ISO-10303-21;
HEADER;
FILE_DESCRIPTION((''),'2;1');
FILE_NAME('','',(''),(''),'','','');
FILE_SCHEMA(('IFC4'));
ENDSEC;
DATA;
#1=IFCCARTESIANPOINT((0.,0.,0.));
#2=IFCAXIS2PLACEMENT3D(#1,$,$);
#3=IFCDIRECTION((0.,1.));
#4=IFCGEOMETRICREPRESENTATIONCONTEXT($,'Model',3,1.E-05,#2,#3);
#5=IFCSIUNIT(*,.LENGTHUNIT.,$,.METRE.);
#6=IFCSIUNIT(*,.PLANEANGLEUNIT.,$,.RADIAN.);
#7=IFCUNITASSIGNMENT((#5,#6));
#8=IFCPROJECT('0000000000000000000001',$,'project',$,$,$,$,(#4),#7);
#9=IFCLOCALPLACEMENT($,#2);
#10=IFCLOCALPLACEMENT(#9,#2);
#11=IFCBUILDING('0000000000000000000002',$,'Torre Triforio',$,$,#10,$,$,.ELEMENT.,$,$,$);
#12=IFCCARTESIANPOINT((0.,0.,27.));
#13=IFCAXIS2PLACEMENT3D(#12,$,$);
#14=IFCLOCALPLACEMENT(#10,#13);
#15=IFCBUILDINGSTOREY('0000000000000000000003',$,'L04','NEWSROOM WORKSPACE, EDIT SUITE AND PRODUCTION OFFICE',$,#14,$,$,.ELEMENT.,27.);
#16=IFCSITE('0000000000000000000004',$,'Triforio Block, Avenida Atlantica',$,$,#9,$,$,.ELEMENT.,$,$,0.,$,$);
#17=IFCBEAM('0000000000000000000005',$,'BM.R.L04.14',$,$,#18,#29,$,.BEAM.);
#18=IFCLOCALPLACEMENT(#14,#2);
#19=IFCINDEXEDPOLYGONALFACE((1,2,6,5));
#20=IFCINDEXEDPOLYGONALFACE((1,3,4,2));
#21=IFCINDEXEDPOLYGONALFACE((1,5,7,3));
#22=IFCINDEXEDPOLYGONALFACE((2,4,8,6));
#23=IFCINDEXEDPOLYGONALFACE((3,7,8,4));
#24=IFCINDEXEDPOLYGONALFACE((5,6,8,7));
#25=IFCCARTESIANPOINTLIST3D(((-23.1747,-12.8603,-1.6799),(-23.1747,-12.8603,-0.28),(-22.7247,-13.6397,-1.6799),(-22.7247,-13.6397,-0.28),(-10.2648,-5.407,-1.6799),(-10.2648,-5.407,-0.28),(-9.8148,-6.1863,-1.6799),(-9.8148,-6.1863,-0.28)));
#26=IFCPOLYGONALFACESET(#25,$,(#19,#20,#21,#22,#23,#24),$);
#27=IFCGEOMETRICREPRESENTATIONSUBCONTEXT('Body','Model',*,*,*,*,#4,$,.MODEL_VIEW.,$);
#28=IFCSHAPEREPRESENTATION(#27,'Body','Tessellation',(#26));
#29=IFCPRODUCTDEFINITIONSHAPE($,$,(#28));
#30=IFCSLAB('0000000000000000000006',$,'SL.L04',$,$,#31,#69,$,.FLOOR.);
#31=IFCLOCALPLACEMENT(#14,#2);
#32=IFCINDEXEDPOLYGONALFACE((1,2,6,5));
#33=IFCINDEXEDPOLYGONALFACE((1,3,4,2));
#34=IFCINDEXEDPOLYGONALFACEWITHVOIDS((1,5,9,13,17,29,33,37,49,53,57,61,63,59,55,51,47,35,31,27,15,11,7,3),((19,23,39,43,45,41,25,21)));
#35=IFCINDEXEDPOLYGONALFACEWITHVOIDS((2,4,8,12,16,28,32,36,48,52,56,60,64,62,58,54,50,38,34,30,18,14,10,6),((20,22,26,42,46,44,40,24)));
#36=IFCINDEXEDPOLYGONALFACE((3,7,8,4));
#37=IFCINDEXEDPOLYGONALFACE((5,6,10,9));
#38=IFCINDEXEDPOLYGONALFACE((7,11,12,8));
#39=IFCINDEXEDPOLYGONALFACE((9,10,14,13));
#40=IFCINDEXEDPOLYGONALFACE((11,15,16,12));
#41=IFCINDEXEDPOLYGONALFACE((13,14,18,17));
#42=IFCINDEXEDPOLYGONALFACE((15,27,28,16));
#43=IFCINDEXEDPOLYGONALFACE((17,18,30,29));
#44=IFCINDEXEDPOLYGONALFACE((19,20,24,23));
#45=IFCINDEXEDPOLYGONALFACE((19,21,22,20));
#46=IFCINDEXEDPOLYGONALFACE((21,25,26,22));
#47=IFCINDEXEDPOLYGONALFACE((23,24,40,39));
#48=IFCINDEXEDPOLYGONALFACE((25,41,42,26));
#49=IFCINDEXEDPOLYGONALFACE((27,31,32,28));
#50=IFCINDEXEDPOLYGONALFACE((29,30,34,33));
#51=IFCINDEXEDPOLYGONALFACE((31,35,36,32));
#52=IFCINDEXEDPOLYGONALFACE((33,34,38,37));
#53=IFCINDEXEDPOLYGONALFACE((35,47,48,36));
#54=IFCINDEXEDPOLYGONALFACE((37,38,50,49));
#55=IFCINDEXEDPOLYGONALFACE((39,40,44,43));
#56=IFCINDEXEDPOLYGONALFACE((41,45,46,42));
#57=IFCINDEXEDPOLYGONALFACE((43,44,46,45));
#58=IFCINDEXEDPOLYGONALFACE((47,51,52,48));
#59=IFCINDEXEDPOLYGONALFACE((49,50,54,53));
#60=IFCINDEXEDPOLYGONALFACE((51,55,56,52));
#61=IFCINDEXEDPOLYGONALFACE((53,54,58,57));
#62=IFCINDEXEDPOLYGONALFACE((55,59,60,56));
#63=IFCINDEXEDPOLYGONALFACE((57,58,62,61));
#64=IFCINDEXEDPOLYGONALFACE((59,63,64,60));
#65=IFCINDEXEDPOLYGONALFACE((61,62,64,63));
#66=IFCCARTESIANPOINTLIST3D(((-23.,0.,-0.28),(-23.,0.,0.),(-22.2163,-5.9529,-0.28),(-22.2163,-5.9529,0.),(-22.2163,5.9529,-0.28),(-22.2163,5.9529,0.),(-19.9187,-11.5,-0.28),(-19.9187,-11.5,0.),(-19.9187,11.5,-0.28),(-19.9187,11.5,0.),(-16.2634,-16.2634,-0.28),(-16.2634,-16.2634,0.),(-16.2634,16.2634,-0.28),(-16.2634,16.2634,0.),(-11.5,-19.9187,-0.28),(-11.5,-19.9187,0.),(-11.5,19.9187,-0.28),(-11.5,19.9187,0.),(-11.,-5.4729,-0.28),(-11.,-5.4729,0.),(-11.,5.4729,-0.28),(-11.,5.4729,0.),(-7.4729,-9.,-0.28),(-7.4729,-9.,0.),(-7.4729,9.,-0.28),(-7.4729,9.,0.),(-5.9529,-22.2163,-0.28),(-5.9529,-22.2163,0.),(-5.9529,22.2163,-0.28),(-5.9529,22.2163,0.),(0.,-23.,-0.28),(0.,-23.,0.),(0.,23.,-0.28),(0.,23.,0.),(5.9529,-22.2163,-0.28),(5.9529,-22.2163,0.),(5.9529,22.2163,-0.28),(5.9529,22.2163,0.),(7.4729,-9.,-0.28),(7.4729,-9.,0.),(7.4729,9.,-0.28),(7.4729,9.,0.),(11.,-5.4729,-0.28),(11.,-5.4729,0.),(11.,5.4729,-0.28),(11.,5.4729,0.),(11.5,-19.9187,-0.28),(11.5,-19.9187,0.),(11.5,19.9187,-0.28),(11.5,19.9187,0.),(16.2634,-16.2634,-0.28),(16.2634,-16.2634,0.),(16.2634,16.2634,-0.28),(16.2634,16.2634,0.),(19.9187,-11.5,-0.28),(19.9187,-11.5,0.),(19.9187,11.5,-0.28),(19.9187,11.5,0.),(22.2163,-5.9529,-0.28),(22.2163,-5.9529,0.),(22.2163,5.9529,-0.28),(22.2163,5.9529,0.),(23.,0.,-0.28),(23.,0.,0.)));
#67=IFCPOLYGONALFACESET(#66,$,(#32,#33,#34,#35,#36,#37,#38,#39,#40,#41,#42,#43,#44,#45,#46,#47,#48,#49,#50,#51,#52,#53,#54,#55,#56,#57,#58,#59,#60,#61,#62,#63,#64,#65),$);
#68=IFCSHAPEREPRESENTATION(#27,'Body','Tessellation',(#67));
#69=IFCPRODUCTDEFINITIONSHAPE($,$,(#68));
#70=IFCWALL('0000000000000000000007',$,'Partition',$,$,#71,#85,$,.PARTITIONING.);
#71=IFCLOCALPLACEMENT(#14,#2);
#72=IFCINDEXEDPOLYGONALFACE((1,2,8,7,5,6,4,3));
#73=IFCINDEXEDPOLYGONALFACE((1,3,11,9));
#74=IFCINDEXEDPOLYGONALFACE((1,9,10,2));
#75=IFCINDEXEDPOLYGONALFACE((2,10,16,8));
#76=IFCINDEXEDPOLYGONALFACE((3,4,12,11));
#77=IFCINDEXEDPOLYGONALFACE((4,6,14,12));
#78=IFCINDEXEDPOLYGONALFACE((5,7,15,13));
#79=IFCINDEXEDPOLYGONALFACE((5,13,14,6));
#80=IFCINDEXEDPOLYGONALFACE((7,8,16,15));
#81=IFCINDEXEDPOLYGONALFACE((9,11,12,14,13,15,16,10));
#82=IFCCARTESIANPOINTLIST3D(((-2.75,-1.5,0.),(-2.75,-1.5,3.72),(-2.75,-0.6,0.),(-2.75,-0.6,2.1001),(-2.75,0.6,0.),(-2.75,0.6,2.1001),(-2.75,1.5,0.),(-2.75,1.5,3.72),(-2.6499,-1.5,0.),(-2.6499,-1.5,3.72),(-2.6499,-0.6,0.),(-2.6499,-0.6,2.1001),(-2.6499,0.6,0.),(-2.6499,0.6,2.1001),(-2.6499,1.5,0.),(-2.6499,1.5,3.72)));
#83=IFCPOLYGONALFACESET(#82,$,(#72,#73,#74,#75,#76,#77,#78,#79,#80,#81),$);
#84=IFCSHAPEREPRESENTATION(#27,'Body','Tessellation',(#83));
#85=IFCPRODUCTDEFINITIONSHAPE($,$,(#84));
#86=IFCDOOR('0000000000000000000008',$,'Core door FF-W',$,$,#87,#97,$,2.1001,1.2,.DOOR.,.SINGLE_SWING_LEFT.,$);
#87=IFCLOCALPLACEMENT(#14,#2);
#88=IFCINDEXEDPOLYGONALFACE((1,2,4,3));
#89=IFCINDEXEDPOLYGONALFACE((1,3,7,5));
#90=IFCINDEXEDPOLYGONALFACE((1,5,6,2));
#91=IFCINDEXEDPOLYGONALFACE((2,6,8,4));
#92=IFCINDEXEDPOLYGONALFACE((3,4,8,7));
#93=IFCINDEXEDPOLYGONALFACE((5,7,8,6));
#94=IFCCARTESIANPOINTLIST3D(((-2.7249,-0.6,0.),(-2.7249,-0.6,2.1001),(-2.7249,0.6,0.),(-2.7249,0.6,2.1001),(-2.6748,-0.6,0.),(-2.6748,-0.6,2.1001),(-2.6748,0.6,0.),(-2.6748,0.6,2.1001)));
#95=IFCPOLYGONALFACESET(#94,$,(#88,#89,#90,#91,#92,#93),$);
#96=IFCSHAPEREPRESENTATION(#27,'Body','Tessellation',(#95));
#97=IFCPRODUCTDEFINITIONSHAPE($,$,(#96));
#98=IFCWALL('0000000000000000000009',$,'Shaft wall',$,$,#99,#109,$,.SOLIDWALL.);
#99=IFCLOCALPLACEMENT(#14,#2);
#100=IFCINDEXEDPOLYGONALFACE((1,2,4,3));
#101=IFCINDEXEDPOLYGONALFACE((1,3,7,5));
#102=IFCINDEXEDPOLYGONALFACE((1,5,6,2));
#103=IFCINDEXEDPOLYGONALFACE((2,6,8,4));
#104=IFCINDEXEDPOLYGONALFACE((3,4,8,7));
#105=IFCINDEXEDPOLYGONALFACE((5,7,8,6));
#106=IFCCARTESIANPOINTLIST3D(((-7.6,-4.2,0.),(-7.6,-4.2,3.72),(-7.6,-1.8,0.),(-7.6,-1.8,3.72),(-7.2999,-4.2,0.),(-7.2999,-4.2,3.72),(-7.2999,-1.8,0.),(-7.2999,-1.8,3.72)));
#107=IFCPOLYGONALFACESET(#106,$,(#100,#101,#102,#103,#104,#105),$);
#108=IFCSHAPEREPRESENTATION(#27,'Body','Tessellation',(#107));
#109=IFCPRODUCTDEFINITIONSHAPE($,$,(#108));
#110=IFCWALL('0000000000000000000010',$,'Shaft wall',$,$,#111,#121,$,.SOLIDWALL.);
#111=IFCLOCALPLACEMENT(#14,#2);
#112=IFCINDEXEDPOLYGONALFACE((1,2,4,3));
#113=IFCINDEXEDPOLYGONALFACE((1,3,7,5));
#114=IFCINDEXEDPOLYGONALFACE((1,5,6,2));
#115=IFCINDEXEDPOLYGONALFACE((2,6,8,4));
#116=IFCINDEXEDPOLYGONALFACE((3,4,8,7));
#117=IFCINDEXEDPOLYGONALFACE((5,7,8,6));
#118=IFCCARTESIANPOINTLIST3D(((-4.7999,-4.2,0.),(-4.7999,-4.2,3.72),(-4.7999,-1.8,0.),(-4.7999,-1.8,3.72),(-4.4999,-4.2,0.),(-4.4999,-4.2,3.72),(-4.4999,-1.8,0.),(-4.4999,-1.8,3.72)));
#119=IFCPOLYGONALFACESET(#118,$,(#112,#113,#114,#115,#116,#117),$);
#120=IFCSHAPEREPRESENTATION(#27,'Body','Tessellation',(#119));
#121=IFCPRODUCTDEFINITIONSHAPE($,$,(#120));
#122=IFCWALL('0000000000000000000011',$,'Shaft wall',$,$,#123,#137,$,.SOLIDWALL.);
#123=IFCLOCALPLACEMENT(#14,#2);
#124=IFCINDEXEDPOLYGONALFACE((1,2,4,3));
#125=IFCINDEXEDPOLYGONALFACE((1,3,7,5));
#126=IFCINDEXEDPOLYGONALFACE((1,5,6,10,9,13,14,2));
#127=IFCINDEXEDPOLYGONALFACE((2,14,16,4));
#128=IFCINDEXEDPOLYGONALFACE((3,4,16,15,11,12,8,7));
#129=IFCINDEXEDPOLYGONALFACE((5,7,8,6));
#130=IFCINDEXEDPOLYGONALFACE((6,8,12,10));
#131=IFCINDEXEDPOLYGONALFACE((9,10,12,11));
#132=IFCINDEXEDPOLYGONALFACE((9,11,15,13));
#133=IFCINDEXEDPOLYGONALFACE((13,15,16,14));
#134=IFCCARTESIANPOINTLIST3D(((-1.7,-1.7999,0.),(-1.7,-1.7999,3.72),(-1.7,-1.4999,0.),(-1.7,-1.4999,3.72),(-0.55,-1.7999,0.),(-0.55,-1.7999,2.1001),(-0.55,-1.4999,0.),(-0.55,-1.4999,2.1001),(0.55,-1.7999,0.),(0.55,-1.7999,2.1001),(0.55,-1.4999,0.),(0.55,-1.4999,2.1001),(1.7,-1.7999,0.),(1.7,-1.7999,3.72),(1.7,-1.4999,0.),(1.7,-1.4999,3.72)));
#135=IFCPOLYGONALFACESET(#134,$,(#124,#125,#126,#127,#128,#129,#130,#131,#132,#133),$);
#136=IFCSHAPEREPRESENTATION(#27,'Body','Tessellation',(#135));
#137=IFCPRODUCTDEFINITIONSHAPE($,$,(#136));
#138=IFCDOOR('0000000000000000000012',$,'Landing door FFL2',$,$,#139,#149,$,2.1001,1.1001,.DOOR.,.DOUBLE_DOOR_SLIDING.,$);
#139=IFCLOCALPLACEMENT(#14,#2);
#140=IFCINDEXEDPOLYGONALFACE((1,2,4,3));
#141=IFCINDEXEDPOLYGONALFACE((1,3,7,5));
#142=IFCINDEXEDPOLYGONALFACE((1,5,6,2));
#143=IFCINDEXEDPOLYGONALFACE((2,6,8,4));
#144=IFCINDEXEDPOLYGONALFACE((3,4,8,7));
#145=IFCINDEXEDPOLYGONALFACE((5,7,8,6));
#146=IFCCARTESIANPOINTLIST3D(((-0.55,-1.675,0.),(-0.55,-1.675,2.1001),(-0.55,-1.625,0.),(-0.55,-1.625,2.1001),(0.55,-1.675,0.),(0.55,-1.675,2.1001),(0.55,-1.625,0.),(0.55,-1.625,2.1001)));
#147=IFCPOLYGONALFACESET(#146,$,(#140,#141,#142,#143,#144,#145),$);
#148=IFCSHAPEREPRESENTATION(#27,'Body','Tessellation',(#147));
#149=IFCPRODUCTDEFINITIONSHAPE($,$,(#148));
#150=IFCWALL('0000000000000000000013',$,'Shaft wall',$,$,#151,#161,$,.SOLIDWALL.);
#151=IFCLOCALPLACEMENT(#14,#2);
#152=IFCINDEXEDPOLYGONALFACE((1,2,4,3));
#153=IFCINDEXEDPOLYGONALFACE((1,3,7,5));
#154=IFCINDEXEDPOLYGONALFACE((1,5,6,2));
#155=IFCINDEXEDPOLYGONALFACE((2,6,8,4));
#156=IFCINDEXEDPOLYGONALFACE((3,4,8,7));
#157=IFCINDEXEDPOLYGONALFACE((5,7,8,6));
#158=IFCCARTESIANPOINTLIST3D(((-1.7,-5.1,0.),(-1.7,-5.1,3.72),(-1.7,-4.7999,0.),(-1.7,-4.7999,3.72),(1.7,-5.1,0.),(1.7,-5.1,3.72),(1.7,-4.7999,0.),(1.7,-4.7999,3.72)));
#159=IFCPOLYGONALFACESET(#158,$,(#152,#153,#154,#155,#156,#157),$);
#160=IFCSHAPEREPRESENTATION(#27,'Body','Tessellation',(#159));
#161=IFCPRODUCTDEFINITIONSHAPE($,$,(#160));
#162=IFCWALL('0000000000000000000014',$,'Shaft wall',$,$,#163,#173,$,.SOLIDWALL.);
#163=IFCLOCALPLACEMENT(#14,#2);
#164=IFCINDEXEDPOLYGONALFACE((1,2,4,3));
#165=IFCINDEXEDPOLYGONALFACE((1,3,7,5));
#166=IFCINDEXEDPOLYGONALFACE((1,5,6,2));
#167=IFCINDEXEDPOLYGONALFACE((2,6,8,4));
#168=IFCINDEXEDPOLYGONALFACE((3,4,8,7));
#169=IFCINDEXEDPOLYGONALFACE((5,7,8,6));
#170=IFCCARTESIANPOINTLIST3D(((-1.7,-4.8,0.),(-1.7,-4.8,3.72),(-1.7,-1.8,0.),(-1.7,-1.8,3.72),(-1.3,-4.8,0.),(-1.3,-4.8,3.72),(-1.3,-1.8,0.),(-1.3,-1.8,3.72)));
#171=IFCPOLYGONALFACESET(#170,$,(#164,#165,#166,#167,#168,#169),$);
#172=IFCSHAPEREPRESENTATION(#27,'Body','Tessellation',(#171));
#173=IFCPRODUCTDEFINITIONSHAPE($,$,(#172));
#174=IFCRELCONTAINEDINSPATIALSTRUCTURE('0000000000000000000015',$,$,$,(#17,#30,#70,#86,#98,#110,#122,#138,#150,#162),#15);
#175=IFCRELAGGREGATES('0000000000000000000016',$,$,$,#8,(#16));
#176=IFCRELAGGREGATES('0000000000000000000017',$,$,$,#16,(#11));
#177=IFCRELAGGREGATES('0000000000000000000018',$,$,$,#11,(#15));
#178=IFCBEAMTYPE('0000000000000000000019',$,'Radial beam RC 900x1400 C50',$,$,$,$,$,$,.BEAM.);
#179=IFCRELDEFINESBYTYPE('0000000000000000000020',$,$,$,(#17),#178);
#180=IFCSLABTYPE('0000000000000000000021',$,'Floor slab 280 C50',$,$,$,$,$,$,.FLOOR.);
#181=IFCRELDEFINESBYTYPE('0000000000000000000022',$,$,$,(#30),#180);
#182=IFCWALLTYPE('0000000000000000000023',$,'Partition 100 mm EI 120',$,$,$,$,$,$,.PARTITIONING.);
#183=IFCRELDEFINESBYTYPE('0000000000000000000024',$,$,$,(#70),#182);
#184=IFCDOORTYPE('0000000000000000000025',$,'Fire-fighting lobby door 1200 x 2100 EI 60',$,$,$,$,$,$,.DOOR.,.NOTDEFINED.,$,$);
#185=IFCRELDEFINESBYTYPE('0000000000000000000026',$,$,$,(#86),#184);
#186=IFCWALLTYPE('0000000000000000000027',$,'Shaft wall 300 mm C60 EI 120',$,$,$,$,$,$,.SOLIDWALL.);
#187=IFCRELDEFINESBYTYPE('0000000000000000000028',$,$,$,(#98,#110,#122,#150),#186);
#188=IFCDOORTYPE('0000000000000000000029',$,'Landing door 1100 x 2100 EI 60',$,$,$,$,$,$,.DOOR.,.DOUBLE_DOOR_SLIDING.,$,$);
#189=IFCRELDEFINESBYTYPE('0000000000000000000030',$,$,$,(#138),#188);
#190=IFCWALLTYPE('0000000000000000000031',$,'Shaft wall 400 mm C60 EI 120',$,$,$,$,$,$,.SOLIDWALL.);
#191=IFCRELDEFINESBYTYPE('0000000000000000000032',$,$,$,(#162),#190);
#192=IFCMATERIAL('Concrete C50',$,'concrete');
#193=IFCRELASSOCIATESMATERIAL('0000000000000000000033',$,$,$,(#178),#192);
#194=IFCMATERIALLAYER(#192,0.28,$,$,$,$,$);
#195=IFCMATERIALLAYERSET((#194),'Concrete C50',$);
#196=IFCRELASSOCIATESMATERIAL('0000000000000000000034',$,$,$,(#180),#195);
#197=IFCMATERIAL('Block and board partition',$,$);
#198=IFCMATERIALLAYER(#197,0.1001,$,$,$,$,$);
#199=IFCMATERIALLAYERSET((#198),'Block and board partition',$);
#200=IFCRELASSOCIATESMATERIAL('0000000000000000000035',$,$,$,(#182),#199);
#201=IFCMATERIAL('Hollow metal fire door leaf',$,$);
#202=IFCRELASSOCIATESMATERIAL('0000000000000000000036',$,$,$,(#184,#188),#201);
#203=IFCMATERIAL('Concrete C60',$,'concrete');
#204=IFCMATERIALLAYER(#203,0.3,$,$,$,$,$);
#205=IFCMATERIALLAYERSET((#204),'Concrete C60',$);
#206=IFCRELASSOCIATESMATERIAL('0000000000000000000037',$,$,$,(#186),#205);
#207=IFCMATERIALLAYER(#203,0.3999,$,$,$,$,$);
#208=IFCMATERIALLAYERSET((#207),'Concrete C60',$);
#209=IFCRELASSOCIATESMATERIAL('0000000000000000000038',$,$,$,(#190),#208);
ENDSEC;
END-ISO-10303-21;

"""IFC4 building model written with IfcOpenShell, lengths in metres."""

from ifc_helpers import new_model, si_unit, direction, frame, frame_2d, origin, origin_2d, place, context, subcontext, project, spatial, polyline, rectangle, outline, extrude, material, layer, layer_set, material_profile, profile_set, type_object, element, fill, save


model = new_model("IFC4")

# Units and contexts
model_context = context("Model", 3, precision=1e-05, world=origin(), true_north=direction((0.0, 1.0)))
body_context = subcontext(model_context, "Body", "Model", "MODEL_VIEW")
ifc_project = project(units=[si_unit("LENGTHUNIT", "METRE"), si_unit("PLANEANGLEUNIT", "RADIAN")], contexts=[model_context])

# Site, building, storey
site_placement = place(None, origin())
site = spatial("IfcSite", under=ifc_project, at=site_placement, Name="Triforio Block, Avenida Atlantica", CompositionType="ELEMENT", RefElevation=0.0)
building_placement = place(site_placement, origin())
building = spatial("IfcBuilding", under=site, at=building_placement, Name="Torre Triforio", CompositionType="ELEMENT")
storey_placement = place(building_placement, frame((0.0, 0.0, 27.0)))
storey = spatial("IfcBuildingStorey", under=building, at=storey_placement, Name="L04", Description="NEWSROOM WORKSPACE, EDIT SUITE AND PRODUCTION OFFICE", CompositionType="ELEMENT", Elevation=27.0)

# Beam
ifc_material_1 = material(Name="Concrete C50", Category="concrete")
ifc_material_profile = material_profile(ifc_material_1, rectangle(XDim=0.8999, YDim=1.3999, at=origin_2d()), Name="RC 900x1400")
ifc_profile_set = profile_set([ifc_material_profile], Name="Concrete C50")
beam_type = type_object("IfcBeamType", Name="Radial beam RC 900x1400 C50", PredefinedType="BEAM", material=ifc_profile_set)
beam_placement = place(storey_placement, frame((-10.0398, -5.7966, -0.98), z_axis=(-0.86603, -0.499991, 0.0), x_axis=(0.499991, -0.86603, 0.0)))
element("IfcBeam", 1, at=beam_placement, inside=storey, type_object=beam_type, Name="BM.R.L04.14", PredefinedType="BEAM", context=body_context, shape_type="SweptSolid", body=[
    extrude(rectangle(XDim=0.8999, YDim=1.3999, at=origin_2d()), origin(), (0.0, 0.0, 1.0), 14.907),
])

# Slab
ifc_layer_1 = layer(ifc_material_1, 0.28)
ifc_layer_set_1 = layer_set([ifc_layer_1], Name="Concrete C50")
slab_type = type_object("IfcSlabType", Name="Floor slab 280 C50", PredefinedType="FLOOR", material=ifc_layer_set_1)
slab_placement = place(storey_placement, frame((0.0, 0.0, -0.28)))
element("IfcSlab", 2, at=slab_placement, inside=storey, type_object=slab_type, Name="SL.L04", PredefinedType="FLOOR", context=body_context, shape_type="SweptSolid", body=[
    extrude(outline(polyline([(19.9187, -11.5), (22.2163, -5.9529), (23.0, 0.0), (22.2163, 5.9529), (19.9187, 11.5), (16.2634, 16.2634), (11.5, 19.9187), (5.9529, 22.2163), (0.0, 23.0), (-5.9529, 22.2163), (-11.5, 19.9187), (-16.2634, 16.2634), (-19.9187, 11.5), (-22.2163, 5.9529), (-23.0, 0.0), (-22.2163, -5.9529), (-19.9187, -11.5), (-16.2634, -16.2634), (-11.5, -19.9187), (-5.9529, -22.2163), (0.0, -23.0), (5.9529, -22.2163), (11.5, -19.9187), (16.2634, -16.2634), (19.9187, -11.5)]), holes=[polyline([(11.0, 5.4729), (11.0, -5.4729), (7.4729, -9.0), (-7.4729, -9.0), (-11.0, -5.4729), (-11.0, 5.4729), (-7.4729, 9.0), (7.4729, 9.0), (11.0, 5.4729)])]), origin(), (0.0, 0.0, 1.0), 0.28),
])

# Wall, opening, door
ifc_material_2 = material(Name="Block and board partition")
ifc_layer_2 = layer(ifc_material_2, 0.1001)
ifc_layer_set_2 = layer_set([ifc_layer_2], Name="Block and board partition")
wall_type_1 = type_object("IfcWallType", Name="Partition 100 mm EI 120", PredefinedType="PARTITIONING", material=ifc_layer_set_2)
wall_1_placement = place(storey_placement, frame((-2.7, -1.5, 0.0), z_axis=(0.0, 0.0, 1.0), x_axis=(0.0, 1.0, 0.0)))
wall_1 = element("IfcWall", 3, at=wall_1_placement, inside=storey, type_object=wall_type_1, Name="Partition", PredefinedType="PARTITIONING", context=body_context, shape_type="SweptSolid", body=[
    extrude(rectangle(XDim=3.0, YDim=0.1001, at=frame_2d((1.5, 0.0))), origin(), (0.0, 0.0, 1.0), 3.72),
])
opening_1_placement = place(wall_1_placement, frame((0.8999, 0.0, 0.0)))
opening_1 = element("IfcOpeningElement", 4, at=opening_1_placement, cuts=wall_1, PredefinedType="OPENING", context=body_context, shape_type="SweptSolid", body=[
    extrude(rectangle(XDim=1.2, YDim=2.1001, at=frame_2d((0.6001, 1.05))), frame((0.0, 0.0601, 0.0), z_axis=(0.0, -1.0, 0.0), x_axis=(1.0, 0.0, 0.0)), (0.0, 0.0, 1.0), 0.1201),
])
ifc_material_3 = material(Name="Hollow metal fire door leaf")
door_type_1 = type_object("IfcDoorType", Name="Fire-fighting lobby door 1200 x 2100 EI 60", OperationType="NOTDEFINED", PredefinedType="DOOR", material=ifc_material_3)
door_1_placement = place(opening_1_placement, origin())
door_1 = element("IfcDoor", 5, at=door_1_placement, inside=storey, type_object=door_type_1, Name="Core door FF-W", OperationType="SINGLE_SWING_LEFT", OverallHeight=2.1001, OverallWidth=1.2, PredefinedType="DOOR", context=body_context, shape_type="SweptSolid", body=[
    extrude(rectangle(XDim=1.2, YDim=2.1001, at=frame_2d((0.6001, 1.05))), frame((0.0, 0.0249, 0.0), z_axis=(0.0, -1.0, 0.0), x_axis=(1.0, 0.0, 0.0)), (0.0, 0.0, 1.0), 0.05),
])
fill(opening_1, door_1)

# Walls
ifc_material_4 = material(Name="Concrete C60", Category="concrete")
ifc_layer_3 = layer(ifc_material_4, 0.3)
ifc_layer_set_3 = layer_set([ifc_layer_3], Name="Concrete C60")
wall_type_2 = type_object("IfcWallType", Name="Shaft wall 300 mm C60 EI 120", PredefinedType="SOLIDWALL", material=ifc_layer_set_3)
for number, where, z_axis, x_axis, name in (
    (6, (-7.45, -4.2, 0.0), (0.0, 0.0, 1.0), (0.0, 1.0, 0.0), "Shaft wall"),
    (7, (-4.6499, -4.2, 0.0), (0.0, 0.0, 1.0), (0.0, 1.0, 0.0), "Shaft wall"),
):
    element("IfcWall", number, at=place(storey_placement, frame(where, z_axis=z_axis, x_axis=x_axis)), inside=storey, type_object=wall_type_2, Name=name, PredefinedType="SOLIDWALL", context=body_context, shape_type="SweptSolid", body=[
        extrude(rectangle(XDim=2.3999, YDim=0.3, at=frame_2d((1.2, 0.0))), origin(), (0.0, 0.0, 1.0), 3.72),
    ])

# Wall, opening, door
wall_2_placement = place(storey_placement, frame((-1.7, -1.6499, 0.0), z_axis=(0.0, 0.0, 1.0), x_axis=(1.0, 0.0, 0.0)))
wall_2 = element("IfcWall", 8, at=wall_2_placement, inside=storey, type_object=wall_type_2, Name="Shaft wall", PredefinedType="SOLIDWALL", context=body_context, shape_type="SweptSolid", body=[
    extrude(rectangle(XDim=3.3999, YDim=0.3, at=frame_2d((1.7, 0.0))), origin(), (0.0, 0.0, 1.0), 3.72),
])
opening_2_placement = place(wall_2_placement, frame((1.1499, 0.0, 0.0)))
opening_2 = element("IfcOpeningElement", 9, at=opening_2_placement, cuts=wall_2, PredefinedType="OPENING", context=body_context, shape_type="SweptSolid", body=[
    extrude(rectangle(XDim=1.1001, YDim=2.1001, at=frame_2d((0.55, 1.05))), frame((0.0, 0.1599, 0.0), z_axis=(0.0, -1.0, 0.0), x_axis=(1.0, 0.0, 0.0)), (0.0, 0.0, 1.0), 0.3201),
])
door_type_2 = type_object("IfcDoorType", Name="Landing door 1100 x 2100 EI 60", OperationType="DOUBLE_DOOR_SLIDING", PredefinedType="DOOR", material=ifc_material_3)
door_2_placement = place(opening_2_placement, origin())
door_2 = element("IfcDoor", 10, at=door_2_placement, inside=storey, type_object=door_type_2, Name="Landing door FFL2", OperationType="DOUBLE_DOOR_SLIDING", OverallHeight=2.1001, OverallWidth=1.1001, PredefinedType="DOOR", context=body_context, shape_type="SweptSolid", body=[
    extrude(rectangle(XDim=1.1001, YDim=2.1001, at=frame_2d((0.55, 1.05))), frame((0.0, 0.0249, 0.0), z_axis=(0.0, -1.0, 0.0), x_axis=(1.0, 0.0, 0.0)), (0.0, 0.0, 1.0), 0.05),
])
fill(opening_2, door_2)

# Walls
wall_3_placement = place(storey_placement, frame((-1.7, -4.95, 0.0), z_axis=(0.0, 0.0, 1.0), x_axis=(1.0, 0.0, 0.0)))
element("IfcWall", 11, at=wall_3_placement, inside=storey, type_object=wall_type_2, Name="Shaft wall", PredefinedType="SOLIDWALL", context=body_context, shape_type="SweptSolid", body=[
    extrude(rectangle(XDim=3.3999, YDim=0.3, at=frame_2d((1.7, 0.0))), origin(), (0.0, 0.0, 1.0), 3.72),
])
ifc_layer_4 = layer(ifc_material_4, 0.3999)
ifc_layer_set_4 = layer_set([ifc_layer_4], Name="Concrete C60")
wall_type_3 = type_object("IfcWallType", Name="Shaft wall 400 mm C60 EI 120", PredefinedType="SOLIDWALL", material=ifc_layer_set_4)
wall_4_placement = place(storey_placement, frame((-1.5, -4.8, 0.0), z_axis=(0.0, 0.0, 1.0), x_axis=(0.0, 1.0, 0.0)))
element("IfcWall", 12, at=wall_4_placement, inside=storey, type_object=wall_type_3, Name="Shaft wall", PredefinedType="SOLIDWALL", context=body_context, shape_type="SweptSolid", body=[
    extrude(rectangle(XDim=3.0, YDim=0.3999, at=frame_2d((1.5, 0.0))), origin(), (0.0, 0.0, 1.0), 3.72),
])

save(model, "model.ifc")
